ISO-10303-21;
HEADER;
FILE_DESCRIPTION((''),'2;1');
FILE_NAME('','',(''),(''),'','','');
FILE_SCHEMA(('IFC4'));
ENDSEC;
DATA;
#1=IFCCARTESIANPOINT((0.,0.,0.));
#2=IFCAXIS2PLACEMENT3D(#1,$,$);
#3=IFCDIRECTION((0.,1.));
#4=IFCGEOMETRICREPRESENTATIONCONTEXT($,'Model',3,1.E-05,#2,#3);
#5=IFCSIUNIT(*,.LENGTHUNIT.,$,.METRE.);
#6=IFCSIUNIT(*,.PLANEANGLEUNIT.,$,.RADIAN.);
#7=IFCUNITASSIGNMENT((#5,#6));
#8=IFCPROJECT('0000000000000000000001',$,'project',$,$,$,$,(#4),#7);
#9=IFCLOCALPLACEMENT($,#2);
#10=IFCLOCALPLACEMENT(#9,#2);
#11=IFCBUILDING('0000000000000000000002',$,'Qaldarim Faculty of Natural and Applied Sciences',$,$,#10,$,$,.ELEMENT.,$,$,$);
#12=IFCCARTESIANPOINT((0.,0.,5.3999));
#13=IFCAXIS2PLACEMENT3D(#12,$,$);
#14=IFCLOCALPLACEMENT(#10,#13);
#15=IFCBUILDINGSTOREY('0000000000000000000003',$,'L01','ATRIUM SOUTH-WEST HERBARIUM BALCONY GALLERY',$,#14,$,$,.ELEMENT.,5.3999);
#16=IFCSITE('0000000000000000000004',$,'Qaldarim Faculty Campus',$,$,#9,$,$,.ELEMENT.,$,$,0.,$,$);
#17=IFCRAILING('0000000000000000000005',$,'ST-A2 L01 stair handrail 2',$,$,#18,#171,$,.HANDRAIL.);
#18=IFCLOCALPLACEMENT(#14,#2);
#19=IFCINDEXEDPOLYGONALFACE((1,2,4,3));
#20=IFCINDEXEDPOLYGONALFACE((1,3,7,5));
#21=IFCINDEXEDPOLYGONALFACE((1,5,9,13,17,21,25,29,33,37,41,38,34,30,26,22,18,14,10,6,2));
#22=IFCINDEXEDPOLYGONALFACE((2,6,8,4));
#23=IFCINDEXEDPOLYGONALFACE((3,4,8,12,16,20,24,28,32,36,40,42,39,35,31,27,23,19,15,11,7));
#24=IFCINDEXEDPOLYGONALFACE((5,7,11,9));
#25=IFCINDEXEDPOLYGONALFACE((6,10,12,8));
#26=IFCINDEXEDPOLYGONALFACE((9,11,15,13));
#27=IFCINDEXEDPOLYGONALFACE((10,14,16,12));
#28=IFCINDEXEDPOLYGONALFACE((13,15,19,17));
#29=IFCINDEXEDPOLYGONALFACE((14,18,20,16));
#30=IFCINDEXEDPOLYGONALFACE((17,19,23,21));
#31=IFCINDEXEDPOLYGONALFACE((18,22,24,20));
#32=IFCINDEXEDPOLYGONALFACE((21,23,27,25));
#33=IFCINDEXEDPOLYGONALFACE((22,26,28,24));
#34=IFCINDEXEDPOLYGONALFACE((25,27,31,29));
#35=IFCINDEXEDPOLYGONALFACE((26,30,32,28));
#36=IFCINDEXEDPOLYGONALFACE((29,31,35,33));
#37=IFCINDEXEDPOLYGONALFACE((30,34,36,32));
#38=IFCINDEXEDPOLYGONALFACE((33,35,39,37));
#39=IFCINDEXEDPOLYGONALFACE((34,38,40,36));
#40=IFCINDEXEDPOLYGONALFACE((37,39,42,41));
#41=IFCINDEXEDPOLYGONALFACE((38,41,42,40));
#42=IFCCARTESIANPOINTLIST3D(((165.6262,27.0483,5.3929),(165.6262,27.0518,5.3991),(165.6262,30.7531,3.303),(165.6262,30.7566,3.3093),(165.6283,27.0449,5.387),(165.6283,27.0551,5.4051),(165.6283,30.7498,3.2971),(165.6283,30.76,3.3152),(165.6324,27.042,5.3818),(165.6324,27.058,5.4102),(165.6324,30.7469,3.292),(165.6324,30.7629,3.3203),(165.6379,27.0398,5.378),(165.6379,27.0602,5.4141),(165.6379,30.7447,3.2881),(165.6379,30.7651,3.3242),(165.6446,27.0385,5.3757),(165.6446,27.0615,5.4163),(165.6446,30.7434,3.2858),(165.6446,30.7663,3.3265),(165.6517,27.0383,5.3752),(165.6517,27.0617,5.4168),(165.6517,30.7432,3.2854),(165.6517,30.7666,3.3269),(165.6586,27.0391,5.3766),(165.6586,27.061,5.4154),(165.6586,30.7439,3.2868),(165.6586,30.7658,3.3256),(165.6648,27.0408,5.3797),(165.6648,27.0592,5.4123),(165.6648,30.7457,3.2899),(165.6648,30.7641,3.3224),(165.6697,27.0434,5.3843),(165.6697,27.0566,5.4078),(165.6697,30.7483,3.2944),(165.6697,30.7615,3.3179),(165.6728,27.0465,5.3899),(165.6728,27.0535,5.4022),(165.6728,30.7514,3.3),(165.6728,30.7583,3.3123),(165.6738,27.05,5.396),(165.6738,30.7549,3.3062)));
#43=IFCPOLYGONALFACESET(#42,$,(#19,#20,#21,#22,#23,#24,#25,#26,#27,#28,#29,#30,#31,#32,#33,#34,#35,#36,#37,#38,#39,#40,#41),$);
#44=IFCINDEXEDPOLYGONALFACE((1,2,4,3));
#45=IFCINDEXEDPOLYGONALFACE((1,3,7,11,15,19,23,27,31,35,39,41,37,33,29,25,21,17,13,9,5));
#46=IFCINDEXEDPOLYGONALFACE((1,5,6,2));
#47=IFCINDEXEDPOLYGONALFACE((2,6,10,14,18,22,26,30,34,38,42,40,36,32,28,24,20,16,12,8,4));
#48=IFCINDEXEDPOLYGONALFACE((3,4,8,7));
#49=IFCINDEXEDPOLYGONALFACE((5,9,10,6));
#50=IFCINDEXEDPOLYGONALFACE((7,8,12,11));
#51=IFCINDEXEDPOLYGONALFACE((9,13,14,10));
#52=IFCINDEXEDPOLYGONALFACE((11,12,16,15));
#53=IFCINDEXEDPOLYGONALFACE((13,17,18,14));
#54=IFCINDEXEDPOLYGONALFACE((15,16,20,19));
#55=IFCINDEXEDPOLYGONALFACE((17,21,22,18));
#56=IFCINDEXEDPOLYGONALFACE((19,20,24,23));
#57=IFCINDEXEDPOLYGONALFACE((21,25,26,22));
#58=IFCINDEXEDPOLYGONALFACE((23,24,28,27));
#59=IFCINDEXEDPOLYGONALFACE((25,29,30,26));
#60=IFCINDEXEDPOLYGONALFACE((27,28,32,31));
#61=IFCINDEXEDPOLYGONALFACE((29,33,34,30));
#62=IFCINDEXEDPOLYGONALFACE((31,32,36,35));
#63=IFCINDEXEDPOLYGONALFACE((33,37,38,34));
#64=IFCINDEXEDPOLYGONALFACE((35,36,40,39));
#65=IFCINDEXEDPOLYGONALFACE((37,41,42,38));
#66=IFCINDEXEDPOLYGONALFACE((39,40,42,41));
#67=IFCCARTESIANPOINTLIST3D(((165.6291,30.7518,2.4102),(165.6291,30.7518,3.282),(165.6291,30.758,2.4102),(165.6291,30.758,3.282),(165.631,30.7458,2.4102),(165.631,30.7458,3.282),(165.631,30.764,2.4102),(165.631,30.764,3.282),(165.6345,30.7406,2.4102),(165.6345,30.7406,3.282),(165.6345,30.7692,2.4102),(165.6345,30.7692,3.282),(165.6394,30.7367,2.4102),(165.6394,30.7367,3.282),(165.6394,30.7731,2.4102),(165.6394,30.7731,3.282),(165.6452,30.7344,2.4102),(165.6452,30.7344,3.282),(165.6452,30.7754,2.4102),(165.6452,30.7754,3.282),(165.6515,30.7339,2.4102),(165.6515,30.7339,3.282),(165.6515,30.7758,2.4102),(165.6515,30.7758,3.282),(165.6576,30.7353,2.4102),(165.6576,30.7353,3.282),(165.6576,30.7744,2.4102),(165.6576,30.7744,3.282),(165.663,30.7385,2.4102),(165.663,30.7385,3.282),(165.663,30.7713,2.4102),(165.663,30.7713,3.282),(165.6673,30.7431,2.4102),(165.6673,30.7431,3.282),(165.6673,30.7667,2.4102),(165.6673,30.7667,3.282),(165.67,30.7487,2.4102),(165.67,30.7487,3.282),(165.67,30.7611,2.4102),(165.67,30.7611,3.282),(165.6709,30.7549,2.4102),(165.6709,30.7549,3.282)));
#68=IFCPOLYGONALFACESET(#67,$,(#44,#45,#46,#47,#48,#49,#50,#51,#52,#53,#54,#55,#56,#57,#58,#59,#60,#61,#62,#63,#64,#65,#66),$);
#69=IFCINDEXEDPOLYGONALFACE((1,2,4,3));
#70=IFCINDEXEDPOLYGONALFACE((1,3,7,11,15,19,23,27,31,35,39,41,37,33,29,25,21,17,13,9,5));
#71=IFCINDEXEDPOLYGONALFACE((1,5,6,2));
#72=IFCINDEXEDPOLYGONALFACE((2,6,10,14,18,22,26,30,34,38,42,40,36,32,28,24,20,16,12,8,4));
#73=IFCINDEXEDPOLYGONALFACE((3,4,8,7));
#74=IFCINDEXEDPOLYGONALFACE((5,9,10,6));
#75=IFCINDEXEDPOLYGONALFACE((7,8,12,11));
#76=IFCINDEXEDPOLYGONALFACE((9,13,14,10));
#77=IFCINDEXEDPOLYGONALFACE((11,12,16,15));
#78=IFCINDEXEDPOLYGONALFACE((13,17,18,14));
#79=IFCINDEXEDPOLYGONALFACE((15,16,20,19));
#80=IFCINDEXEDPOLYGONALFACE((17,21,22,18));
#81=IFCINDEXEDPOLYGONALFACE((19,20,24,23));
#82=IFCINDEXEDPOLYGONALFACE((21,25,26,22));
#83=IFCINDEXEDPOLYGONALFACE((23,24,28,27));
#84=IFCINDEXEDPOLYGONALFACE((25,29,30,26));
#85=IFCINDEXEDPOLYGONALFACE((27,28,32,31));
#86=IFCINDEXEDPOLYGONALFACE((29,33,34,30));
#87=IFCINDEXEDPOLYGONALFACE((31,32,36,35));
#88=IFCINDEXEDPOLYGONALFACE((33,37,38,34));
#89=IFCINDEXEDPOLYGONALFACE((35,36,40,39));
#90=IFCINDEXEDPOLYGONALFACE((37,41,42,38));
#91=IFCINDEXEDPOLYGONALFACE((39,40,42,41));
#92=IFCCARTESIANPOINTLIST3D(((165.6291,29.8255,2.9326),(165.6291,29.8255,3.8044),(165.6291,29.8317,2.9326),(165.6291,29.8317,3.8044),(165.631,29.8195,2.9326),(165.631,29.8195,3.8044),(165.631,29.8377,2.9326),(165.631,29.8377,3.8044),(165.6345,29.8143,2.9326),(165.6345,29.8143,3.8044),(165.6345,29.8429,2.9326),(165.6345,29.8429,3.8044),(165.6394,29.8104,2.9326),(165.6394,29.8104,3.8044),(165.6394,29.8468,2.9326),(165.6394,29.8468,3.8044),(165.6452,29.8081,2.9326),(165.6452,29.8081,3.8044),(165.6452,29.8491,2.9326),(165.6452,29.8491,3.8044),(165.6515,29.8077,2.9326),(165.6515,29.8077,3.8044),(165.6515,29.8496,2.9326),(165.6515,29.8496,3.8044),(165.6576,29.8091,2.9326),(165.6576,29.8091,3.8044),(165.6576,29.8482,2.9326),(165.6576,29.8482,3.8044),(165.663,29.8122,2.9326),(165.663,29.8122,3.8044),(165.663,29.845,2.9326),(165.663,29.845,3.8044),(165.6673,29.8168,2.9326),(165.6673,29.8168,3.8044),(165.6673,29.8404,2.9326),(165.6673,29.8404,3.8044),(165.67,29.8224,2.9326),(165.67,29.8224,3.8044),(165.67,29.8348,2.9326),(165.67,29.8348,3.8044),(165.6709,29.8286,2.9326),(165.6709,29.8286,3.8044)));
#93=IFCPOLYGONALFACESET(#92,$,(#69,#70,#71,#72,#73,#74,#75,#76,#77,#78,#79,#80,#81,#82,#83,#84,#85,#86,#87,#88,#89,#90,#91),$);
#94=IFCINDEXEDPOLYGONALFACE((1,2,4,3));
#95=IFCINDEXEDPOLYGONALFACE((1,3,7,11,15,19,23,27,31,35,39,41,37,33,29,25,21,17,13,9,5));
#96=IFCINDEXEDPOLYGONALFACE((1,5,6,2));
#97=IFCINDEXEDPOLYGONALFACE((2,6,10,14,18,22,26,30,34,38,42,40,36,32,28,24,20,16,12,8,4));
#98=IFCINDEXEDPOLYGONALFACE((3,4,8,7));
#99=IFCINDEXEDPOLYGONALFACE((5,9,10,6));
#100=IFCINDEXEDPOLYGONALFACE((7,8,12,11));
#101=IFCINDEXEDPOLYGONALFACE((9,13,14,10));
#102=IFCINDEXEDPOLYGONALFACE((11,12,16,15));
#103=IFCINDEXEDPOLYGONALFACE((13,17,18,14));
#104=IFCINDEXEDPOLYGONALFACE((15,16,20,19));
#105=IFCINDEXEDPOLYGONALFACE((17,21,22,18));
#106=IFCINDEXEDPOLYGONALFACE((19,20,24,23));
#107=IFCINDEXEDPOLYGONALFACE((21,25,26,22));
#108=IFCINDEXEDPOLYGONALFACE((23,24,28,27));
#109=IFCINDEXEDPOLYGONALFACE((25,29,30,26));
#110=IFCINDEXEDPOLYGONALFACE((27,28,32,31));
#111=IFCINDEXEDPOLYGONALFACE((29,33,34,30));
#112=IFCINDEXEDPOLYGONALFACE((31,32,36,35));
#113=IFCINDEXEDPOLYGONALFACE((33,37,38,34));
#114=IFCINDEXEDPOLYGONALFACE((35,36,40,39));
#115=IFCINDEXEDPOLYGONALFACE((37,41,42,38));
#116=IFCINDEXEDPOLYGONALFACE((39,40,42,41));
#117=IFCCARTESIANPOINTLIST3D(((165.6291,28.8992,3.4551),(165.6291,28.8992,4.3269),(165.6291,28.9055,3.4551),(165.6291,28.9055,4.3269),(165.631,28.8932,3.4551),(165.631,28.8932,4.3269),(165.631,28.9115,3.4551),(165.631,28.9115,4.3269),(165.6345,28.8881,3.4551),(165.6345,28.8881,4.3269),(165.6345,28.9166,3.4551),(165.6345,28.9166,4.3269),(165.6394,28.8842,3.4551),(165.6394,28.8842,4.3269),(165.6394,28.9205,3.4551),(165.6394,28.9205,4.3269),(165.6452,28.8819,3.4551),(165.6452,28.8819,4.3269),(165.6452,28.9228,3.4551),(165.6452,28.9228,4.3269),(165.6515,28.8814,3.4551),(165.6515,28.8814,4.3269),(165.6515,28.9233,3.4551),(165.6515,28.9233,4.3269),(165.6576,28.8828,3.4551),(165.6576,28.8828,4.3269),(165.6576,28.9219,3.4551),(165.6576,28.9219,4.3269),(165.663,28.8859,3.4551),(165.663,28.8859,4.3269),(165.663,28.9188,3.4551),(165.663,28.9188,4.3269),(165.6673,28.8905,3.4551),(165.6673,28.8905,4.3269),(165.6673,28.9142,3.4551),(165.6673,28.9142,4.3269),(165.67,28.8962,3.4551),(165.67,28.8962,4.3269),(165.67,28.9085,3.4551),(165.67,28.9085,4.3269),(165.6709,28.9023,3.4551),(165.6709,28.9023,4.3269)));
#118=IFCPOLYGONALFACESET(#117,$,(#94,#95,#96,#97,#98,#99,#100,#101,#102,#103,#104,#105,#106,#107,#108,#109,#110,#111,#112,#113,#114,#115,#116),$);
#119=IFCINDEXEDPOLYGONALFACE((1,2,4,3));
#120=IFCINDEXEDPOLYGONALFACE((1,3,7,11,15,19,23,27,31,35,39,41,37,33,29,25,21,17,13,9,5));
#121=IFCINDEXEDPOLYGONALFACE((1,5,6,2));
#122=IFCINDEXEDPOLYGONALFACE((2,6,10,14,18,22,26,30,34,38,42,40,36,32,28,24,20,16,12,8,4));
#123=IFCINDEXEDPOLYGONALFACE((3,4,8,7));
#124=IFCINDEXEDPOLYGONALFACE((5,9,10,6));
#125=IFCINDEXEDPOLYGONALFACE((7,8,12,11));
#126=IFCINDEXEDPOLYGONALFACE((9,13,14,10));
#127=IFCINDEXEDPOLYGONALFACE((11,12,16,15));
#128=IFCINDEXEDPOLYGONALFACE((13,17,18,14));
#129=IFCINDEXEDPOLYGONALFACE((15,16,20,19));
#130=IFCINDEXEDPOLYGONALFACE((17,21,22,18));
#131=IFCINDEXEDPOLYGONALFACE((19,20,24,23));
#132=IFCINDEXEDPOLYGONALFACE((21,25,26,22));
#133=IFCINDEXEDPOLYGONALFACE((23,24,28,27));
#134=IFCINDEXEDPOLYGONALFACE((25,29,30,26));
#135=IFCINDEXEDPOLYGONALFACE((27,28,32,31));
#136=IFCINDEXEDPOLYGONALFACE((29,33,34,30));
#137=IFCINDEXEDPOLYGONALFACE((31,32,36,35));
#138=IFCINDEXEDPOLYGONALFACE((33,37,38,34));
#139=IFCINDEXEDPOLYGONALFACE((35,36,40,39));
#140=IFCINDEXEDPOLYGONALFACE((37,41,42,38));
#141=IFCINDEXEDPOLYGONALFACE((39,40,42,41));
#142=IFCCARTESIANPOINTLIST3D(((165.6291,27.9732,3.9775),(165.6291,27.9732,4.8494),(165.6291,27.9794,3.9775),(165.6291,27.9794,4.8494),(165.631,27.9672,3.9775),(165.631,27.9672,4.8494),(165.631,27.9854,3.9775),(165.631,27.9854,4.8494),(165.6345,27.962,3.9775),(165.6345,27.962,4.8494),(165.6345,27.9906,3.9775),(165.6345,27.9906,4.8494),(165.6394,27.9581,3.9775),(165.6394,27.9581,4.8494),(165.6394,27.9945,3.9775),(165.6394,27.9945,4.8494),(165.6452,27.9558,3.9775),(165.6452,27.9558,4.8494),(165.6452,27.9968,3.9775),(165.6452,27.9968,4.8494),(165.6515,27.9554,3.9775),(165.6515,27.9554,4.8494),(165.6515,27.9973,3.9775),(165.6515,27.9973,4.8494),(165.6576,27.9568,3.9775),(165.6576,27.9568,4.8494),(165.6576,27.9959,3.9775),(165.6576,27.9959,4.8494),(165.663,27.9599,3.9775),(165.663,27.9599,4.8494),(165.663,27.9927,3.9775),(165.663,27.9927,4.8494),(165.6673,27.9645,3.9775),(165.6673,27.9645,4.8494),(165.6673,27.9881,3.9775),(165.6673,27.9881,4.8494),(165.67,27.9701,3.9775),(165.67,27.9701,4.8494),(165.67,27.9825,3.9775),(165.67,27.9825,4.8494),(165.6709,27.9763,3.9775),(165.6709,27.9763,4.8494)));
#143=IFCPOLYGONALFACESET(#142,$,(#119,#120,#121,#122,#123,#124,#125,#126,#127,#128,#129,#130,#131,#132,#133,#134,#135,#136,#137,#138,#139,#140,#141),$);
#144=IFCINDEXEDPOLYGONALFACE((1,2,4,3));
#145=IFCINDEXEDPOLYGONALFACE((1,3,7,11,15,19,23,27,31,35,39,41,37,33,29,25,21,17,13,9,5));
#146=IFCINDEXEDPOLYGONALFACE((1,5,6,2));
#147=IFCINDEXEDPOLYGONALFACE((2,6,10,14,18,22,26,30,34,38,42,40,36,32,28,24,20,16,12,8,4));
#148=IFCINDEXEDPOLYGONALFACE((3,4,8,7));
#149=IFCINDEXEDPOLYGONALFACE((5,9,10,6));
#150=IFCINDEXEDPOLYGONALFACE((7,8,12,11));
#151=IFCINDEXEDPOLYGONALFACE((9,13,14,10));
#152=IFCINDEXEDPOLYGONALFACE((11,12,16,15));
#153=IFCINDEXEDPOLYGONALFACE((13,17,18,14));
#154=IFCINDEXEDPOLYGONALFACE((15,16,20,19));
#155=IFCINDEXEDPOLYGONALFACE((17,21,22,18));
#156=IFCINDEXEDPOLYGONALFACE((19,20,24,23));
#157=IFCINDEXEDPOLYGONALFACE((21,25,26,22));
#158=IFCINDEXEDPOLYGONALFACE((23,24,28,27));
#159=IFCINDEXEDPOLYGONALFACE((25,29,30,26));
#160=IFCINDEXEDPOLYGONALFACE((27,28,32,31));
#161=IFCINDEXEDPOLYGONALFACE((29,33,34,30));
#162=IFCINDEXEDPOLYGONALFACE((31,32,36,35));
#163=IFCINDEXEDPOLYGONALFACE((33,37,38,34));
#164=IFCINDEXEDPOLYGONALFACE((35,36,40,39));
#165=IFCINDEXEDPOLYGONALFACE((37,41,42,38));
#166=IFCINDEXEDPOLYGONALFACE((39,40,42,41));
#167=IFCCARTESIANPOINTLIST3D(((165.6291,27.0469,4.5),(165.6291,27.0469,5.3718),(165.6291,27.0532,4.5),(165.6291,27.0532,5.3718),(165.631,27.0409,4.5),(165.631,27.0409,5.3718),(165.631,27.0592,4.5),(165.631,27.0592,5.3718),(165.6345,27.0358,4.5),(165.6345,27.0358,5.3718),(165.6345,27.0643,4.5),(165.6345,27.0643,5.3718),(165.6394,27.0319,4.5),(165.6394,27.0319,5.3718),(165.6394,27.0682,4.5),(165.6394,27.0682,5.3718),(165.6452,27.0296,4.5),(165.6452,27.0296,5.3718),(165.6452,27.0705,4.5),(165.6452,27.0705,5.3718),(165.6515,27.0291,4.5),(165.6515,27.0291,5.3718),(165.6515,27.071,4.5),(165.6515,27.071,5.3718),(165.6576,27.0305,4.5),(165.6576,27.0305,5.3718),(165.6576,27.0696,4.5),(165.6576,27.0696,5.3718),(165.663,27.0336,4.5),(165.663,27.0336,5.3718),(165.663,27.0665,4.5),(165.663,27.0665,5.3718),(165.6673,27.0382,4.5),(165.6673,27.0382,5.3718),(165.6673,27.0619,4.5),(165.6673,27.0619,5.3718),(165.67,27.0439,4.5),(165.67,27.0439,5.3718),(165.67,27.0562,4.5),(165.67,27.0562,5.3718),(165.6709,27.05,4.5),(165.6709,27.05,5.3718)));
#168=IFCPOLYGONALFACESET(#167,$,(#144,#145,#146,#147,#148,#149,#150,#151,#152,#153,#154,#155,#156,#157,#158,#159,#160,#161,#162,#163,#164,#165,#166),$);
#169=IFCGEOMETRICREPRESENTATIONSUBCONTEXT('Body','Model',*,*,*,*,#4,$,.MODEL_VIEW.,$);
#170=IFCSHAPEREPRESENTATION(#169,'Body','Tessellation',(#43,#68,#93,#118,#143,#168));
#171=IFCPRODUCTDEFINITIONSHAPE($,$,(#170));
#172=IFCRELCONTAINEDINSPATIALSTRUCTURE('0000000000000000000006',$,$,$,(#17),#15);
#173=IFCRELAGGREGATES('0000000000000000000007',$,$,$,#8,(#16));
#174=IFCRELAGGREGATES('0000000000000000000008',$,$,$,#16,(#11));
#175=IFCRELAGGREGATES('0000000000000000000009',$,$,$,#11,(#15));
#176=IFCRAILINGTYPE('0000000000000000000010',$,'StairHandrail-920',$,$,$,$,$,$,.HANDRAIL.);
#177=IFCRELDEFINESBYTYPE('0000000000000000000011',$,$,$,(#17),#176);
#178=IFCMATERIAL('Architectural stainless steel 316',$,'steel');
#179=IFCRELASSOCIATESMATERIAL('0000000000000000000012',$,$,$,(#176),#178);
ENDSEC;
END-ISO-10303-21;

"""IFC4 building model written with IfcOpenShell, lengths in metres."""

from ifc_helpers import new_model, si_unit, direction, frame, origin, origin_2d, place, context, subcontext, project, spatial, circle, extrude, material, type_object, element, save


model = new_model("IFC4")

# Units and contexts
model_context = context("Model", 3, precision=1e-05, world=origin(), true_north=direction((0.0, 1.0)))
body_context = subcontext(model_context, "Body", "Model", "MODEL_VIEW")
ifc_project = project(units=[si_unit("LENGTHUNIT", "METRE"), si_unit("PLANEANGLEUNIT", "RADIAN")], contexts=[model_context])

# Site, building, storey
site_placement = place(None, origin())
site = spatial("IfcSite", under=ifc_project, at=site_placement, Name="Qaldarim Faculty Campus", CompositionType="ELEMENT", RefElevation=0.0)
building_placement = place(site_placement, origin())
building = spatial("IfcBuilding", under=site, at=building_placement, Name="Qaldarim Faculty of Natural and Applied Sciences", CompositionType="ELEMENT")
storey_placement = place(building_placement, frame((0.0, 0.0, 5.3999)))
storey = spatial("IfcBuildingStorey", under=building, at=storey_placement, Name="L01", Description="ATRIUM SOUTH-WEST HERBARIUM BALCONY GALLERY", CompositionType="ELEMENT", Elevation=5.3999)

# Railing
ifc_material_1 = material(Name="Architectural stainless steel 316", Category="steel")
railing_type_1 = type_object("IfcRailingType", Name="StairHandrail-920", PredefinedType="HANDRAIL", material=ifc_material_1)
railing_1_placement = place(storey_placement, frame((165.6499, 30.7549, 2.4102)))
element("IfcRailing", 1, at=railing_1_placement, inside=storey, type_object=railing_type_1, Name="ST-A2 L01 stair handrail 2", PredefinedType="HANDRAIL", context=body_context, shape_type="SweptSolid", body=[
    extrude(circle(Radius=0.0239, at=origin_2d()), frame((0.0, 0.0, 0.896), z_axis=(0.0, -0.870985, 0.49131), x_axis=(1.0, 0.0, 0.0)), (0.0, 0.0, 1.0), 4.2537),
    extrude(circle(Radius=0.021, at=origin_2d()), origin(), (0.0, 0.0, 1.0), 0.8718),
    extrude(circle(Radius=0.021, at=origin_2d()), frame((0.0, -0.9263, 0.5225)), (0.0, 0.0, 1.0), 0.8718),
    extrude(circle(Radius=0.021, at=origin_2d()), frame((0.0, -1.8525, 1.0449)), (0.0, 0.0, 1.0), 0.8718),
    extrude(circle(Radius=0.021, at=origin_2d()), frame((0.0, -2.7786, 1.5674)), (0.0, 0.0, 1.0), 0.8718),
    extrude(circle(Radius=0.021, at=origin_2d()), frame((0.0, -3.7048, 2.0898)), (0.0, 0.0, 1.0), 0.8718),
])

save(model, "model.ifc")
